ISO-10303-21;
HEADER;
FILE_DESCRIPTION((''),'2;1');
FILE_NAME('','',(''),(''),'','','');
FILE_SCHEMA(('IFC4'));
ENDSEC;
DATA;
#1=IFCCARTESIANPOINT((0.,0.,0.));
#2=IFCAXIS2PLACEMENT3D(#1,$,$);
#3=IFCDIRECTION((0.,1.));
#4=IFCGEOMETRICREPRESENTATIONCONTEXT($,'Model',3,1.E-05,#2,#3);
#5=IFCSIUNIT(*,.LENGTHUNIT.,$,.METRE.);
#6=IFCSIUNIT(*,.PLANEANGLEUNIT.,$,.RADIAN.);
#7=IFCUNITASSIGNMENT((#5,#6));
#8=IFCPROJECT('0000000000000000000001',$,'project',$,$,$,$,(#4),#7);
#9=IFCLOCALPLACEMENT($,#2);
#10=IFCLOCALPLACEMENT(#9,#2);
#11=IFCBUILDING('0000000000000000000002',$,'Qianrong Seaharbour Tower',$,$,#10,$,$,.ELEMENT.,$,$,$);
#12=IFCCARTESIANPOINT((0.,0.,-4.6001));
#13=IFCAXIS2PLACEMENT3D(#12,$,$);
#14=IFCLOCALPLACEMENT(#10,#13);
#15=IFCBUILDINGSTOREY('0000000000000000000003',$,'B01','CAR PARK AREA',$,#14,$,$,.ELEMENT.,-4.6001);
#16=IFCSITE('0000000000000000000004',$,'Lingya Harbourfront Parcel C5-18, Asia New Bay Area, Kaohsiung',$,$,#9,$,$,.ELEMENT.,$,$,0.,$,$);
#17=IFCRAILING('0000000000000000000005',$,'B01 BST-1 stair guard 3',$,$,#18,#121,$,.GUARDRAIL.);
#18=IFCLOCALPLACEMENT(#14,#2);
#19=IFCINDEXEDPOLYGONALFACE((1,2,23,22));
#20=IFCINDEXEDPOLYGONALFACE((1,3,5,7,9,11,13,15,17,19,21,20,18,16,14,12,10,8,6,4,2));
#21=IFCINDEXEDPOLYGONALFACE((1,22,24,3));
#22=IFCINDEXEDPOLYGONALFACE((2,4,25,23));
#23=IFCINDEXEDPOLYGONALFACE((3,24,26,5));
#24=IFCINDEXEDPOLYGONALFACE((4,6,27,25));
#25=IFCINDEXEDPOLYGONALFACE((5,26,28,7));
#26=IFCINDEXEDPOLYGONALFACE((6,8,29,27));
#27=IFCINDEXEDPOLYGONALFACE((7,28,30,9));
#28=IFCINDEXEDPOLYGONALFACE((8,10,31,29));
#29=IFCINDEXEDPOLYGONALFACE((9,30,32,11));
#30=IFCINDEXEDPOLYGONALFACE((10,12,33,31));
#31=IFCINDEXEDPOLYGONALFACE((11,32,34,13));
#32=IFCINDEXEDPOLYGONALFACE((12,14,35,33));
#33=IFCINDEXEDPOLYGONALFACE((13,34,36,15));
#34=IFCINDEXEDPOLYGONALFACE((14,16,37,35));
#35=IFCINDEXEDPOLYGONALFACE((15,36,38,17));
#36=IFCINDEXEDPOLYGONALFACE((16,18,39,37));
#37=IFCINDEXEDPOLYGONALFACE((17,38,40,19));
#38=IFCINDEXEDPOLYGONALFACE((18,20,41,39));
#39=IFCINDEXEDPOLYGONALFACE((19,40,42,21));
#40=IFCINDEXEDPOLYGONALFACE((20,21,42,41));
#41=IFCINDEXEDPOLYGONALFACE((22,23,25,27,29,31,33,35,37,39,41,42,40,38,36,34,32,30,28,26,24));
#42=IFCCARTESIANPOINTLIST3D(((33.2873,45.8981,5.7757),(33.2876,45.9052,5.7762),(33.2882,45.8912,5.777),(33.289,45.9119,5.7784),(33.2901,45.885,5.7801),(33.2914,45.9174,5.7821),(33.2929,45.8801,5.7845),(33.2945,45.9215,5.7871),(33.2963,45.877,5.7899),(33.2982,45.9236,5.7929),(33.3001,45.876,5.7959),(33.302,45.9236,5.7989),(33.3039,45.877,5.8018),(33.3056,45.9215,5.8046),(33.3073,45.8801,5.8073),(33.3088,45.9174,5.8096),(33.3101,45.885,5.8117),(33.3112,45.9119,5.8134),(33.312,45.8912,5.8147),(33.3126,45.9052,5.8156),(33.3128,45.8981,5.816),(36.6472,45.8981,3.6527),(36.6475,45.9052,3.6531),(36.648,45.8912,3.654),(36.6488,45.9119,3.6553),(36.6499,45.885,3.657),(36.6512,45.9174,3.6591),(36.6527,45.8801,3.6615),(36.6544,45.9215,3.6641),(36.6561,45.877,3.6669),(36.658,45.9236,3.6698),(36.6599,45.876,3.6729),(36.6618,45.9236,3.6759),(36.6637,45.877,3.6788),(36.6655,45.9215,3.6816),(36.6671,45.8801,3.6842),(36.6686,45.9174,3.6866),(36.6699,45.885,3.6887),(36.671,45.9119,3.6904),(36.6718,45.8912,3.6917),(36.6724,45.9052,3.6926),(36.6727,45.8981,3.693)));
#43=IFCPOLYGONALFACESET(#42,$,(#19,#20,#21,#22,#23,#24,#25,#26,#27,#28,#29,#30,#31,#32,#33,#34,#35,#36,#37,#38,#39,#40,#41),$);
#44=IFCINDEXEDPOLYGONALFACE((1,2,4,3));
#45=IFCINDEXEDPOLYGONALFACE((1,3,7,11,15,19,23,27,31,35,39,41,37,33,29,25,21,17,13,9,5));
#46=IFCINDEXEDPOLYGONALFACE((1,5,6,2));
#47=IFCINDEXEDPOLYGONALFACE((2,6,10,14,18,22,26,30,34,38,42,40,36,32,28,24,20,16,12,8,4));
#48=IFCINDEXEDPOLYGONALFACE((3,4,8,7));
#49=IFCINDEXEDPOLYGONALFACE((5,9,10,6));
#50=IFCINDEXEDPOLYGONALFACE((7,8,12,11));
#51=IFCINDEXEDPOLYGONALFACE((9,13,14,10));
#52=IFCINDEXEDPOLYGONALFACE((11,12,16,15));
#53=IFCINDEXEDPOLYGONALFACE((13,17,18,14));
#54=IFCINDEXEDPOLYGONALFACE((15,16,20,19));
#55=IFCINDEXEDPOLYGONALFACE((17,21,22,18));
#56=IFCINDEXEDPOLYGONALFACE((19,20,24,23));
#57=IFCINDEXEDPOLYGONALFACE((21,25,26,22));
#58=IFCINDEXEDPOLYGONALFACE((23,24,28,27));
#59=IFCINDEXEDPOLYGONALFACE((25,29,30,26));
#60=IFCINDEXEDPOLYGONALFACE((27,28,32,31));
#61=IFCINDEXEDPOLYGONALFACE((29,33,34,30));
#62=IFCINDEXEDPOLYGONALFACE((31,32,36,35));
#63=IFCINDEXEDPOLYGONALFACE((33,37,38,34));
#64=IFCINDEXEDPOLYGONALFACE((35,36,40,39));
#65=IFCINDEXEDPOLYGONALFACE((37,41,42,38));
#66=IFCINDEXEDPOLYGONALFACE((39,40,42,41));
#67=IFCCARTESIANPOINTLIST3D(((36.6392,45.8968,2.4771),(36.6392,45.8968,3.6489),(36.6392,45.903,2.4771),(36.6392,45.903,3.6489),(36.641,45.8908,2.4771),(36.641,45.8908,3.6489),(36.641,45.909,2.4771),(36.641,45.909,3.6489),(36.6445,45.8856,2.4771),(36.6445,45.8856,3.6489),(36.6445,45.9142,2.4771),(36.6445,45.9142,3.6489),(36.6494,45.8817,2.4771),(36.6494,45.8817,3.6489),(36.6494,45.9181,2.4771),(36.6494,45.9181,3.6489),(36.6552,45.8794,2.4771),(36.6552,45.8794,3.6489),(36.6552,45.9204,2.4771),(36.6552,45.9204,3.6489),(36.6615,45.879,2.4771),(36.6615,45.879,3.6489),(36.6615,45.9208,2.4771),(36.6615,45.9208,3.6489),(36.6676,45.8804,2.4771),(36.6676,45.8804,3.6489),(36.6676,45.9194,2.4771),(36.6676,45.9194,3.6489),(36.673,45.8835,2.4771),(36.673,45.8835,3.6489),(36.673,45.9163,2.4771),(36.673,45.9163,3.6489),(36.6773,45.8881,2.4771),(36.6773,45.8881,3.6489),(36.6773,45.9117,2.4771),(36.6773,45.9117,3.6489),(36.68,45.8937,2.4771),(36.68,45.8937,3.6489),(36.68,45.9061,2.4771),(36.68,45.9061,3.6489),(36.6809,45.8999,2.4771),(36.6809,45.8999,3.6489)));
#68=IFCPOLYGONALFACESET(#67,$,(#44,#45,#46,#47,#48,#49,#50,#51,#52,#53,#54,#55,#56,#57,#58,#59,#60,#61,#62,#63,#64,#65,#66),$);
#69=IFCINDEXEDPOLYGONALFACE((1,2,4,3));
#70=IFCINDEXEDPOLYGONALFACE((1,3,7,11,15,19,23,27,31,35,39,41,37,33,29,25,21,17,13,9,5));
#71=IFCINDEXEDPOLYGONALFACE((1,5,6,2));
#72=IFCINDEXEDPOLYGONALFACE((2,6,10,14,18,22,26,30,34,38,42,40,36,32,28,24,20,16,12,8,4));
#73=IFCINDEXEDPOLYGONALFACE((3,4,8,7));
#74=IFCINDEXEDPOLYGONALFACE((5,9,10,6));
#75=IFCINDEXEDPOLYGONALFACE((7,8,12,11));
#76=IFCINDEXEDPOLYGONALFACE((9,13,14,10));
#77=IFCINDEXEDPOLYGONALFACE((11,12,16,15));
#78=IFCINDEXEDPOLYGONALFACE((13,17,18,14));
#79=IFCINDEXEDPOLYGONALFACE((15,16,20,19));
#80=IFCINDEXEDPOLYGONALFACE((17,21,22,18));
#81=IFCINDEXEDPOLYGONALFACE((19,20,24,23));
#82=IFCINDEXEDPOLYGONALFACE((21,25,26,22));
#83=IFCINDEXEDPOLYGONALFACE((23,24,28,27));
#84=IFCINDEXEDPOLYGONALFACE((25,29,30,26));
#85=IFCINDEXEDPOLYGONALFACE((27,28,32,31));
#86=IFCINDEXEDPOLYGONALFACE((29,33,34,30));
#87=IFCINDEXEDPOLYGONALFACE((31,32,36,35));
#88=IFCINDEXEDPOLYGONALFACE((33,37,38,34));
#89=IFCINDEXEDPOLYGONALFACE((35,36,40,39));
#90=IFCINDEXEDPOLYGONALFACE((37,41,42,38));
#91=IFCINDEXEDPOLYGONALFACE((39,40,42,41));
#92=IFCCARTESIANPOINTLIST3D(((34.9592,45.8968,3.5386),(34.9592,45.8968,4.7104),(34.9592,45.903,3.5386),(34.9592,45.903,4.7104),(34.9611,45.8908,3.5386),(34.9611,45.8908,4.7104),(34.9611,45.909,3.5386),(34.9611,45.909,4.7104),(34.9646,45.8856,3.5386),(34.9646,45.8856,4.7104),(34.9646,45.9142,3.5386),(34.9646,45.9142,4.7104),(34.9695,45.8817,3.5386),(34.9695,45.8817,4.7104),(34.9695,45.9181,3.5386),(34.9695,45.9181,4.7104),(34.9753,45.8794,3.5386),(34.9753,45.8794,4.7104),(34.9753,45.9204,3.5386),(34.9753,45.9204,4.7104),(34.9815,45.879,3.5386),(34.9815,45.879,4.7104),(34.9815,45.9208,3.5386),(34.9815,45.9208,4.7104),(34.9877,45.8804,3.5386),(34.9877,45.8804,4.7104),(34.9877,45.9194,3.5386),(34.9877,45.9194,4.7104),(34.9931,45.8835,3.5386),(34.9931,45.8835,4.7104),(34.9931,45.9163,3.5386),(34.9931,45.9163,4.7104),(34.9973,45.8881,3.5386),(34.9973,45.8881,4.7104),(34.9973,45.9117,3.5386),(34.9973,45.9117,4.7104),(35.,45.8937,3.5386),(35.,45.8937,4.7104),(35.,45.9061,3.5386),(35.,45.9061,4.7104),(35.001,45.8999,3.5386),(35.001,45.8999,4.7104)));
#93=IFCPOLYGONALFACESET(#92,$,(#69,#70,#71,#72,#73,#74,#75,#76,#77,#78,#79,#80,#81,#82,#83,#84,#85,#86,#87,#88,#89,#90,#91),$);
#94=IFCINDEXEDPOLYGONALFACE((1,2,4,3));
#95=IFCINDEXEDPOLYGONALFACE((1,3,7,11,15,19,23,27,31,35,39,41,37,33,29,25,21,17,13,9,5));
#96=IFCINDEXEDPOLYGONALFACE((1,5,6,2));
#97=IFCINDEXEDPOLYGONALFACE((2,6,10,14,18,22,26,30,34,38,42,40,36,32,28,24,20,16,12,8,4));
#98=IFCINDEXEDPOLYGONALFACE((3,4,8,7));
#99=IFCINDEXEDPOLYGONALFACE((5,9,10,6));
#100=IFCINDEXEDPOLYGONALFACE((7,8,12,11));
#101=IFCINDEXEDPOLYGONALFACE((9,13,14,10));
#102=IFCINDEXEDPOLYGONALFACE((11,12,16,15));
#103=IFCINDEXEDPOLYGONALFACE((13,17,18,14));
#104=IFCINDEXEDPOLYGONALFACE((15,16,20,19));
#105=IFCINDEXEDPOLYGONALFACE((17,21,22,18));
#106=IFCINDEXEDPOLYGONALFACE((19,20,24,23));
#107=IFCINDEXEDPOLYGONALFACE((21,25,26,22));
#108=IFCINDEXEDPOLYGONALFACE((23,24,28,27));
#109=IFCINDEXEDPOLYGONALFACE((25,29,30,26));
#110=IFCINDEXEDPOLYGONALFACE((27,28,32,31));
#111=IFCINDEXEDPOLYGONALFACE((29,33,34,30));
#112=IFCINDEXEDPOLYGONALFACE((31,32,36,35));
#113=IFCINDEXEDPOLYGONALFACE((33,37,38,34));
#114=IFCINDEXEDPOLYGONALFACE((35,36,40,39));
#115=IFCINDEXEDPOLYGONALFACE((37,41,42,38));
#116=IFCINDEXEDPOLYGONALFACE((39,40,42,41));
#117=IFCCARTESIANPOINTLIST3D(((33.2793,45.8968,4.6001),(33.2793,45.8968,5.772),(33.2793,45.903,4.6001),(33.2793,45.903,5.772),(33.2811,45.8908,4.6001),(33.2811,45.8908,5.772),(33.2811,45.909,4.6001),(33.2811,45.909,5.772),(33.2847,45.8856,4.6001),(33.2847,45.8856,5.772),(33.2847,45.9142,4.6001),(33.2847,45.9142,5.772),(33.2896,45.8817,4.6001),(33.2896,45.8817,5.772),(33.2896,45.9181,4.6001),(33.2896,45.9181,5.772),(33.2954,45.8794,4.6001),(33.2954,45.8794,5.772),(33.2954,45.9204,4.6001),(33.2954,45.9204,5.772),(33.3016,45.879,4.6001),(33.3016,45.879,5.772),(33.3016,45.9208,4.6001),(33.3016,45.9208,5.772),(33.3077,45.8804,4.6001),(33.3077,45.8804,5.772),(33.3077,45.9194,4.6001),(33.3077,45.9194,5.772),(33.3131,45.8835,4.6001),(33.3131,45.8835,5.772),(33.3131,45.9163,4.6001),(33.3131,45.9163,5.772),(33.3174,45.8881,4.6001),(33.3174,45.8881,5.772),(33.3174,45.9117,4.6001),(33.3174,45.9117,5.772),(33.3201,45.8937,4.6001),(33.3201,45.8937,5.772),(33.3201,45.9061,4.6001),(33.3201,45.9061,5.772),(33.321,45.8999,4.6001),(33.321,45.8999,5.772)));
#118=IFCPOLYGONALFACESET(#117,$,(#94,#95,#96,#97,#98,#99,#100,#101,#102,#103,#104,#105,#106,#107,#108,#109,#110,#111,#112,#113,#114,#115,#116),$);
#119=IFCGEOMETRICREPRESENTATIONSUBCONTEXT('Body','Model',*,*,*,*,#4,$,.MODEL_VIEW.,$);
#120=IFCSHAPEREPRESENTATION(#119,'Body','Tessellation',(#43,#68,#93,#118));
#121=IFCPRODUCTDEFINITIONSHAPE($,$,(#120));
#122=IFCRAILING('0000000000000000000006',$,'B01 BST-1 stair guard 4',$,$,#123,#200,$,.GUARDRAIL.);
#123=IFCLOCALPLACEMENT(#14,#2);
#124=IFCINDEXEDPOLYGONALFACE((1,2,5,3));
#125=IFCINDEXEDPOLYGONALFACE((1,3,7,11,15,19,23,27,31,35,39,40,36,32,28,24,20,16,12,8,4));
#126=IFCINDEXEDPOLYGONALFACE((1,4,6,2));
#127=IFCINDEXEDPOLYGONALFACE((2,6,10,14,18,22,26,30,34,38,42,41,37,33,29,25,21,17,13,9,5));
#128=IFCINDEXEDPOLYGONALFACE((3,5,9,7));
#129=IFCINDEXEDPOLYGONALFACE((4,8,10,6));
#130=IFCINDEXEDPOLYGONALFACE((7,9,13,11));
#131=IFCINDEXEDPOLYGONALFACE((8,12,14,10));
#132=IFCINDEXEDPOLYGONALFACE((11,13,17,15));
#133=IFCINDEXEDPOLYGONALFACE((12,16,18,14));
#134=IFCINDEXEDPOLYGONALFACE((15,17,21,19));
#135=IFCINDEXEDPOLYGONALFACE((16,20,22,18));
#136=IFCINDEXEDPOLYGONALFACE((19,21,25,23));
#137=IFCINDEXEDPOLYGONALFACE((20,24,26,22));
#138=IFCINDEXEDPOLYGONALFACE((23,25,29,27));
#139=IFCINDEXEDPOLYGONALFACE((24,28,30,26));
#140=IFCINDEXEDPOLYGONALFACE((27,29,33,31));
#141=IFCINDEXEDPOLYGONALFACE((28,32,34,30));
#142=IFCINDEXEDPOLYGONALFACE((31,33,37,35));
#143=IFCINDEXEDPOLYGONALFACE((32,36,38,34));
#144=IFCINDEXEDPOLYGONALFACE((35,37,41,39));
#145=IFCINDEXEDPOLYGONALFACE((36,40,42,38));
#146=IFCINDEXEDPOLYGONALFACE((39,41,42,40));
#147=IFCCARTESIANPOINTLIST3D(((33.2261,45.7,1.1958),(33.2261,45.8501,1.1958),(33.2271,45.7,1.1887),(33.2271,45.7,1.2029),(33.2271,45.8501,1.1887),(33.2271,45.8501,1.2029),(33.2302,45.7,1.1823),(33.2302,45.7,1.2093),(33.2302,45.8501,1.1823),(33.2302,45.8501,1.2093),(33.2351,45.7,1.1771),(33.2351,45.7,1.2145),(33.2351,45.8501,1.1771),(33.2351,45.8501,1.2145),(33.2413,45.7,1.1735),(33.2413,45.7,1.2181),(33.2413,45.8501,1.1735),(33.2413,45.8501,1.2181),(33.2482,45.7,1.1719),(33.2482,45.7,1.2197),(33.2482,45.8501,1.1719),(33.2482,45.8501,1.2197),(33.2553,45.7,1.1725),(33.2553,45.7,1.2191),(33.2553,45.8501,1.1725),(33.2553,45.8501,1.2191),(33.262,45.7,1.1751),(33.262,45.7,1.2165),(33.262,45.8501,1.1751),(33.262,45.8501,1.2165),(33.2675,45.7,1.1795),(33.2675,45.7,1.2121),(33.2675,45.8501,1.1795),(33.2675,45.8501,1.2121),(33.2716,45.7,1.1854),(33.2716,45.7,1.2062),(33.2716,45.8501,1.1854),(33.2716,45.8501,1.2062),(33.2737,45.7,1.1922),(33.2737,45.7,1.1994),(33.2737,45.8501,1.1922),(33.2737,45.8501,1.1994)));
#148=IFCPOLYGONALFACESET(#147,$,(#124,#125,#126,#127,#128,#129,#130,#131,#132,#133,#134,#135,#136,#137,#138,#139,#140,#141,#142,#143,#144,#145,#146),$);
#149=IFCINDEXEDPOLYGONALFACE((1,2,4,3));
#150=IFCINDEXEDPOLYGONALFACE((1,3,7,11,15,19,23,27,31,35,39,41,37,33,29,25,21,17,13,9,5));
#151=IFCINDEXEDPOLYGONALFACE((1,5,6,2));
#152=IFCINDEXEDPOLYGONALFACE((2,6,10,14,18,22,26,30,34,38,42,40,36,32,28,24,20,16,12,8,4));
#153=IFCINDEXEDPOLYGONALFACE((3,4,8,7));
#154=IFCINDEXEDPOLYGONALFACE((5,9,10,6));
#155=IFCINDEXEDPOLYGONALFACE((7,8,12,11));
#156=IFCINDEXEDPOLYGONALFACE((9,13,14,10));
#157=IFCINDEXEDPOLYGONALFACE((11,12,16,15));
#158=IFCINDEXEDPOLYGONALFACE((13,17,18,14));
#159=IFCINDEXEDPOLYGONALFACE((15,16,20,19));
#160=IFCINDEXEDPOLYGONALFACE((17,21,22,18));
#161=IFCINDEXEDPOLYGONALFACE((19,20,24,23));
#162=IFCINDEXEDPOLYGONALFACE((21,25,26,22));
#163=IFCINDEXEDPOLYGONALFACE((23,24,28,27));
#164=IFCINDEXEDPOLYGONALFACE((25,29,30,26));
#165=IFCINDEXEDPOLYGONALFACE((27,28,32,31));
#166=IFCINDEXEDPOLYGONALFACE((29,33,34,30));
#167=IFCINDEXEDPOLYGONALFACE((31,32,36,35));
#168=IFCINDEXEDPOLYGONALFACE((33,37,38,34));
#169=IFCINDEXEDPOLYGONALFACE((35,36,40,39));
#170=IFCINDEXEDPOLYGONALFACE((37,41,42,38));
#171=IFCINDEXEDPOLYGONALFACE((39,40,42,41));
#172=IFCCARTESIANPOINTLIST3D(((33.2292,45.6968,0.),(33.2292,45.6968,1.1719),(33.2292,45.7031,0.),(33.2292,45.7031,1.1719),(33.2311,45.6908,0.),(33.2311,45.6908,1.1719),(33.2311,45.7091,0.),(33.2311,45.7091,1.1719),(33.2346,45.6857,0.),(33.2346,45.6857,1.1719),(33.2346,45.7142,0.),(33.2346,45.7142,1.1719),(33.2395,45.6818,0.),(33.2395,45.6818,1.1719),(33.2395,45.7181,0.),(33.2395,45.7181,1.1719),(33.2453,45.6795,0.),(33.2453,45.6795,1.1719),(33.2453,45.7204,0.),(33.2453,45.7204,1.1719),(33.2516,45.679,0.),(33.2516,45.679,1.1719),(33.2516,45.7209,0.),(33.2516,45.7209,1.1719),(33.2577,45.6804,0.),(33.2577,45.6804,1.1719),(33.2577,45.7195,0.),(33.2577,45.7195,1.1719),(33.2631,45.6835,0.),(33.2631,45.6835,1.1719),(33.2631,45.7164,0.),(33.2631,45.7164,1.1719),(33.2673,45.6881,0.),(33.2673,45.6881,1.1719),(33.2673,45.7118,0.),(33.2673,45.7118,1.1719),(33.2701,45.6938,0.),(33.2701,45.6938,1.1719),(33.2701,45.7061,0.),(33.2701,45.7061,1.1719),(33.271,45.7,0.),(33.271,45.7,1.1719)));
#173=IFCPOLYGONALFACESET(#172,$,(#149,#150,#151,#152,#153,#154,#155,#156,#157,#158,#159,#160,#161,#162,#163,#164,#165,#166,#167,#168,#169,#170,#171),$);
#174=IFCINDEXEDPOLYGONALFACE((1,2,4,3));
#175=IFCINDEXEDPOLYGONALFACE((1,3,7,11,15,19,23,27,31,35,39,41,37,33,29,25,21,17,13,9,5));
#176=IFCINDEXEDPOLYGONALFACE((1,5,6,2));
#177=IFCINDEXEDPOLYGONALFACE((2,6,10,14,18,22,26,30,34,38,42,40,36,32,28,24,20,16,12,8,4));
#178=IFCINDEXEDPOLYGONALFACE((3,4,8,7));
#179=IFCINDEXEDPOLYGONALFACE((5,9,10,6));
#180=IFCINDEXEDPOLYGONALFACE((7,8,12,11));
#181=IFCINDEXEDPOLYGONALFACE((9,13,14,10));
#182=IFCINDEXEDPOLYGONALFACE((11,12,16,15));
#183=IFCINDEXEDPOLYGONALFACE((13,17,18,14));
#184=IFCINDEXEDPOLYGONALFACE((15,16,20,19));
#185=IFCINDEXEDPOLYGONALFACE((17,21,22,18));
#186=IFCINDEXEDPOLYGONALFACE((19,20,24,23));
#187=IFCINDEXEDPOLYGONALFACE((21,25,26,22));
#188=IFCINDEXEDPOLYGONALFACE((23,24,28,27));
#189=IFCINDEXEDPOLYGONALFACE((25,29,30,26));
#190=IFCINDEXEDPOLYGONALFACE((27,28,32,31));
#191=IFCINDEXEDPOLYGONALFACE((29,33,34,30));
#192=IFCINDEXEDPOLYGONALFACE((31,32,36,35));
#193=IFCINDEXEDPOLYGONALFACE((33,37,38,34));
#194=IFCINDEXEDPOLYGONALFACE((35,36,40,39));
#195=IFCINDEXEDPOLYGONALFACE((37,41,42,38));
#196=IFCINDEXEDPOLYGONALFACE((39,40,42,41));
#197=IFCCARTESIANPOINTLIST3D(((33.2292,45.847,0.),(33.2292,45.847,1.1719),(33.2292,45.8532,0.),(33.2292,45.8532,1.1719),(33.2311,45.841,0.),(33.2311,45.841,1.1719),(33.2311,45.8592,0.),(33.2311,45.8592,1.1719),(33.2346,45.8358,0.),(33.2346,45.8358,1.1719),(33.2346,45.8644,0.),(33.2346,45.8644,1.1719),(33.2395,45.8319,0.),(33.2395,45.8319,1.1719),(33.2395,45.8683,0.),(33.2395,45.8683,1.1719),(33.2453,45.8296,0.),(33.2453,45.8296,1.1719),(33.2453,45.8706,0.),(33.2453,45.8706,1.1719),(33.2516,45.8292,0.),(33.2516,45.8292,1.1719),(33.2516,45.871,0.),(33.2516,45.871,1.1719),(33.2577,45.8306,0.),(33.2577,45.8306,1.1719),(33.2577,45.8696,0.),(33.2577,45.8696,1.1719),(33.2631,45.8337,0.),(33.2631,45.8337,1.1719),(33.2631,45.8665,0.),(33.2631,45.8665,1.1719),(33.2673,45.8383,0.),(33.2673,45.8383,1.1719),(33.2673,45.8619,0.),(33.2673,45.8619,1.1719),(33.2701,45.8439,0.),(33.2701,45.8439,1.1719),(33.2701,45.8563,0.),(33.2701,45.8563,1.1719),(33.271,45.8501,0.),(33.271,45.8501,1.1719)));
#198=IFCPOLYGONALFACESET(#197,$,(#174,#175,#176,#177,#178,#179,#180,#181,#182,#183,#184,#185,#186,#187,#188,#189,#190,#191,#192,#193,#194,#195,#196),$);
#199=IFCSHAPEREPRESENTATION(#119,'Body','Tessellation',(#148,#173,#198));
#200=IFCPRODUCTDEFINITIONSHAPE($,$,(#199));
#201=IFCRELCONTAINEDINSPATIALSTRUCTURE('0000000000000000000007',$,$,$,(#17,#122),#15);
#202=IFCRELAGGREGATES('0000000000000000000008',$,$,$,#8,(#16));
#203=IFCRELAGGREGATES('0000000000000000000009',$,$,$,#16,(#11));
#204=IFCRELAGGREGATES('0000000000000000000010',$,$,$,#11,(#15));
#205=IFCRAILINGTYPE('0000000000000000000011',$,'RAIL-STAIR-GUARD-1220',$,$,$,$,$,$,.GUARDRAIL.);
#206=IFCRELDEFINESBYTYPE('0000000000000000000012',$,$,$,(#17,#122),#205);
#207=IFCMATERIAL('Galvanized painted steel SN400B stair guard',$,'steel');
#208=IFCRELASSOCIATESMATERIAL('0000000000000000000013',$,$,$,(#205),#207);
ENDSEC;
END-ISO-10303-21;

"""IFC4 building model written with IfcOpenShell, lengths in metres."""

from ifc_helpers import new_model, si_unit, direction, frame, origin, origin_2d, place, context, subcontext, project, spatial, circle, extrude, material, type_object, element, save


model = new_model("IFC4")

# Units and contexts
model_context = context("Model", 3, precision=1e-05, world=origin(), true_north=direction((0.0, 1.0)))
body_context = subcontext(model_context, "Body", "Model", "MODEL_VIEW")
ifc_project = project(units=[si_unit("LENGTHUNIT", "METRE"), si_unit("PLANEANGLEUNIT", "RADIAN")], contexts=[model_context])

# Site, building, storey
site_placement = place(None, origin())
site = spatial("IfcSite", under=ifc_project, at=site_placement, Name="Lingya Harbourfront Parcel C5-18, Asia New Bay Area, Kaohsiung", CompositionType="ELEMENT", RefElevation=0.0)
building_placement = place(site_placement, origin())
building = spatial("IfcBuilding", under=site, at=building_placement, Name="Qianrong Seaharbour Tower", CompositionType="ELEMENT")
storey_placement = place(building_placement, frame((0.0, 0.0, -4.6001)))
storey = spatial("IfcBuildingStorey", under=building, at=storey_placement, Name="B01", Description="CAR PARK AREA", CompositionType="ELEMENT", Elevation=-4.6001)

# Railings
ifc_material_1 = material(Name="Galvanized painted steel SN400B stair guard", Category="steel")
railing_type_1 = type_object("IfcRailingType", Name="RAIL-STAIR-GUARD-1220", PredefinedType="GUARDRAIL", material=ifc_material_1)
railing_1_placement = place(storey_placement, frame((36.6599, 45.8999, 2.4771)))
element("IfcRailing", 1, at=railing_1_placement, inside=storey, type_object=railing_type_1, Name="B01 BST-1 stair guard 3", PredefinedType="GUARDRAIL", context=body_context, shape_type="SweptSolid", body=[
    extrude(circle(Radius=0.0239, at=origin_2d()), frame((0.0, 0.0, 1.1958), z_axis=(-0.845372, 0.0, 0.534178), x_axis=(0.0, -1.0, 0.0)), (0.0, 0.0, 1.0), 3.9744),
    extrude(circle(Radius=0.021, at=origin_2d()), origin(), (0.0, 0.0, 1.0), 1.1719),
    extrude(circle(Radius=0.021, at=origin_2d()), frame((-1.6799, 0.0, 1.0615)), (0.0, 0.0, 1.0), 1.1719),
    extrude(circle(Radius=0.021, at=origin_2d()), frame((-3.3599, 0.0, 2.123)), (0.0, 0.0, 1.0), 1.1719),
])
railing_2_placement = place(storey_placement, frame((33.25, 45.7, 0.0)))
element("IfcRailing", 2, at=railing_2_placement, inside=storey, type_object=railing_type_1, Name="B01 BST-1 stair guard 4", PredefinedType="GUARDRAIL", context=body_context, shape_type="SweptSolid", body=[
    extrude(circle(Radius=0.0239, at=origin_2d()), frame((0.0, 0.0, 1.1958), z_axis=(0.0, 1.0, 0.0), x_axis=(-1.0, 0.0, 0.0)), (0.0, 0.0, 1.0), 0.1501),
    extrude(circle(Radius=0.021, at=origin_2d()), origin(), (0.0, 0.0, 1.0), 1.1719),
    extrude(circle(Radius=0.021, at=origin_2d()), frame((0.0, 0.1501, 0.0)), (0.0, 0.0, 1.0), 1.1719),
])

save(model, "model.ifc")
